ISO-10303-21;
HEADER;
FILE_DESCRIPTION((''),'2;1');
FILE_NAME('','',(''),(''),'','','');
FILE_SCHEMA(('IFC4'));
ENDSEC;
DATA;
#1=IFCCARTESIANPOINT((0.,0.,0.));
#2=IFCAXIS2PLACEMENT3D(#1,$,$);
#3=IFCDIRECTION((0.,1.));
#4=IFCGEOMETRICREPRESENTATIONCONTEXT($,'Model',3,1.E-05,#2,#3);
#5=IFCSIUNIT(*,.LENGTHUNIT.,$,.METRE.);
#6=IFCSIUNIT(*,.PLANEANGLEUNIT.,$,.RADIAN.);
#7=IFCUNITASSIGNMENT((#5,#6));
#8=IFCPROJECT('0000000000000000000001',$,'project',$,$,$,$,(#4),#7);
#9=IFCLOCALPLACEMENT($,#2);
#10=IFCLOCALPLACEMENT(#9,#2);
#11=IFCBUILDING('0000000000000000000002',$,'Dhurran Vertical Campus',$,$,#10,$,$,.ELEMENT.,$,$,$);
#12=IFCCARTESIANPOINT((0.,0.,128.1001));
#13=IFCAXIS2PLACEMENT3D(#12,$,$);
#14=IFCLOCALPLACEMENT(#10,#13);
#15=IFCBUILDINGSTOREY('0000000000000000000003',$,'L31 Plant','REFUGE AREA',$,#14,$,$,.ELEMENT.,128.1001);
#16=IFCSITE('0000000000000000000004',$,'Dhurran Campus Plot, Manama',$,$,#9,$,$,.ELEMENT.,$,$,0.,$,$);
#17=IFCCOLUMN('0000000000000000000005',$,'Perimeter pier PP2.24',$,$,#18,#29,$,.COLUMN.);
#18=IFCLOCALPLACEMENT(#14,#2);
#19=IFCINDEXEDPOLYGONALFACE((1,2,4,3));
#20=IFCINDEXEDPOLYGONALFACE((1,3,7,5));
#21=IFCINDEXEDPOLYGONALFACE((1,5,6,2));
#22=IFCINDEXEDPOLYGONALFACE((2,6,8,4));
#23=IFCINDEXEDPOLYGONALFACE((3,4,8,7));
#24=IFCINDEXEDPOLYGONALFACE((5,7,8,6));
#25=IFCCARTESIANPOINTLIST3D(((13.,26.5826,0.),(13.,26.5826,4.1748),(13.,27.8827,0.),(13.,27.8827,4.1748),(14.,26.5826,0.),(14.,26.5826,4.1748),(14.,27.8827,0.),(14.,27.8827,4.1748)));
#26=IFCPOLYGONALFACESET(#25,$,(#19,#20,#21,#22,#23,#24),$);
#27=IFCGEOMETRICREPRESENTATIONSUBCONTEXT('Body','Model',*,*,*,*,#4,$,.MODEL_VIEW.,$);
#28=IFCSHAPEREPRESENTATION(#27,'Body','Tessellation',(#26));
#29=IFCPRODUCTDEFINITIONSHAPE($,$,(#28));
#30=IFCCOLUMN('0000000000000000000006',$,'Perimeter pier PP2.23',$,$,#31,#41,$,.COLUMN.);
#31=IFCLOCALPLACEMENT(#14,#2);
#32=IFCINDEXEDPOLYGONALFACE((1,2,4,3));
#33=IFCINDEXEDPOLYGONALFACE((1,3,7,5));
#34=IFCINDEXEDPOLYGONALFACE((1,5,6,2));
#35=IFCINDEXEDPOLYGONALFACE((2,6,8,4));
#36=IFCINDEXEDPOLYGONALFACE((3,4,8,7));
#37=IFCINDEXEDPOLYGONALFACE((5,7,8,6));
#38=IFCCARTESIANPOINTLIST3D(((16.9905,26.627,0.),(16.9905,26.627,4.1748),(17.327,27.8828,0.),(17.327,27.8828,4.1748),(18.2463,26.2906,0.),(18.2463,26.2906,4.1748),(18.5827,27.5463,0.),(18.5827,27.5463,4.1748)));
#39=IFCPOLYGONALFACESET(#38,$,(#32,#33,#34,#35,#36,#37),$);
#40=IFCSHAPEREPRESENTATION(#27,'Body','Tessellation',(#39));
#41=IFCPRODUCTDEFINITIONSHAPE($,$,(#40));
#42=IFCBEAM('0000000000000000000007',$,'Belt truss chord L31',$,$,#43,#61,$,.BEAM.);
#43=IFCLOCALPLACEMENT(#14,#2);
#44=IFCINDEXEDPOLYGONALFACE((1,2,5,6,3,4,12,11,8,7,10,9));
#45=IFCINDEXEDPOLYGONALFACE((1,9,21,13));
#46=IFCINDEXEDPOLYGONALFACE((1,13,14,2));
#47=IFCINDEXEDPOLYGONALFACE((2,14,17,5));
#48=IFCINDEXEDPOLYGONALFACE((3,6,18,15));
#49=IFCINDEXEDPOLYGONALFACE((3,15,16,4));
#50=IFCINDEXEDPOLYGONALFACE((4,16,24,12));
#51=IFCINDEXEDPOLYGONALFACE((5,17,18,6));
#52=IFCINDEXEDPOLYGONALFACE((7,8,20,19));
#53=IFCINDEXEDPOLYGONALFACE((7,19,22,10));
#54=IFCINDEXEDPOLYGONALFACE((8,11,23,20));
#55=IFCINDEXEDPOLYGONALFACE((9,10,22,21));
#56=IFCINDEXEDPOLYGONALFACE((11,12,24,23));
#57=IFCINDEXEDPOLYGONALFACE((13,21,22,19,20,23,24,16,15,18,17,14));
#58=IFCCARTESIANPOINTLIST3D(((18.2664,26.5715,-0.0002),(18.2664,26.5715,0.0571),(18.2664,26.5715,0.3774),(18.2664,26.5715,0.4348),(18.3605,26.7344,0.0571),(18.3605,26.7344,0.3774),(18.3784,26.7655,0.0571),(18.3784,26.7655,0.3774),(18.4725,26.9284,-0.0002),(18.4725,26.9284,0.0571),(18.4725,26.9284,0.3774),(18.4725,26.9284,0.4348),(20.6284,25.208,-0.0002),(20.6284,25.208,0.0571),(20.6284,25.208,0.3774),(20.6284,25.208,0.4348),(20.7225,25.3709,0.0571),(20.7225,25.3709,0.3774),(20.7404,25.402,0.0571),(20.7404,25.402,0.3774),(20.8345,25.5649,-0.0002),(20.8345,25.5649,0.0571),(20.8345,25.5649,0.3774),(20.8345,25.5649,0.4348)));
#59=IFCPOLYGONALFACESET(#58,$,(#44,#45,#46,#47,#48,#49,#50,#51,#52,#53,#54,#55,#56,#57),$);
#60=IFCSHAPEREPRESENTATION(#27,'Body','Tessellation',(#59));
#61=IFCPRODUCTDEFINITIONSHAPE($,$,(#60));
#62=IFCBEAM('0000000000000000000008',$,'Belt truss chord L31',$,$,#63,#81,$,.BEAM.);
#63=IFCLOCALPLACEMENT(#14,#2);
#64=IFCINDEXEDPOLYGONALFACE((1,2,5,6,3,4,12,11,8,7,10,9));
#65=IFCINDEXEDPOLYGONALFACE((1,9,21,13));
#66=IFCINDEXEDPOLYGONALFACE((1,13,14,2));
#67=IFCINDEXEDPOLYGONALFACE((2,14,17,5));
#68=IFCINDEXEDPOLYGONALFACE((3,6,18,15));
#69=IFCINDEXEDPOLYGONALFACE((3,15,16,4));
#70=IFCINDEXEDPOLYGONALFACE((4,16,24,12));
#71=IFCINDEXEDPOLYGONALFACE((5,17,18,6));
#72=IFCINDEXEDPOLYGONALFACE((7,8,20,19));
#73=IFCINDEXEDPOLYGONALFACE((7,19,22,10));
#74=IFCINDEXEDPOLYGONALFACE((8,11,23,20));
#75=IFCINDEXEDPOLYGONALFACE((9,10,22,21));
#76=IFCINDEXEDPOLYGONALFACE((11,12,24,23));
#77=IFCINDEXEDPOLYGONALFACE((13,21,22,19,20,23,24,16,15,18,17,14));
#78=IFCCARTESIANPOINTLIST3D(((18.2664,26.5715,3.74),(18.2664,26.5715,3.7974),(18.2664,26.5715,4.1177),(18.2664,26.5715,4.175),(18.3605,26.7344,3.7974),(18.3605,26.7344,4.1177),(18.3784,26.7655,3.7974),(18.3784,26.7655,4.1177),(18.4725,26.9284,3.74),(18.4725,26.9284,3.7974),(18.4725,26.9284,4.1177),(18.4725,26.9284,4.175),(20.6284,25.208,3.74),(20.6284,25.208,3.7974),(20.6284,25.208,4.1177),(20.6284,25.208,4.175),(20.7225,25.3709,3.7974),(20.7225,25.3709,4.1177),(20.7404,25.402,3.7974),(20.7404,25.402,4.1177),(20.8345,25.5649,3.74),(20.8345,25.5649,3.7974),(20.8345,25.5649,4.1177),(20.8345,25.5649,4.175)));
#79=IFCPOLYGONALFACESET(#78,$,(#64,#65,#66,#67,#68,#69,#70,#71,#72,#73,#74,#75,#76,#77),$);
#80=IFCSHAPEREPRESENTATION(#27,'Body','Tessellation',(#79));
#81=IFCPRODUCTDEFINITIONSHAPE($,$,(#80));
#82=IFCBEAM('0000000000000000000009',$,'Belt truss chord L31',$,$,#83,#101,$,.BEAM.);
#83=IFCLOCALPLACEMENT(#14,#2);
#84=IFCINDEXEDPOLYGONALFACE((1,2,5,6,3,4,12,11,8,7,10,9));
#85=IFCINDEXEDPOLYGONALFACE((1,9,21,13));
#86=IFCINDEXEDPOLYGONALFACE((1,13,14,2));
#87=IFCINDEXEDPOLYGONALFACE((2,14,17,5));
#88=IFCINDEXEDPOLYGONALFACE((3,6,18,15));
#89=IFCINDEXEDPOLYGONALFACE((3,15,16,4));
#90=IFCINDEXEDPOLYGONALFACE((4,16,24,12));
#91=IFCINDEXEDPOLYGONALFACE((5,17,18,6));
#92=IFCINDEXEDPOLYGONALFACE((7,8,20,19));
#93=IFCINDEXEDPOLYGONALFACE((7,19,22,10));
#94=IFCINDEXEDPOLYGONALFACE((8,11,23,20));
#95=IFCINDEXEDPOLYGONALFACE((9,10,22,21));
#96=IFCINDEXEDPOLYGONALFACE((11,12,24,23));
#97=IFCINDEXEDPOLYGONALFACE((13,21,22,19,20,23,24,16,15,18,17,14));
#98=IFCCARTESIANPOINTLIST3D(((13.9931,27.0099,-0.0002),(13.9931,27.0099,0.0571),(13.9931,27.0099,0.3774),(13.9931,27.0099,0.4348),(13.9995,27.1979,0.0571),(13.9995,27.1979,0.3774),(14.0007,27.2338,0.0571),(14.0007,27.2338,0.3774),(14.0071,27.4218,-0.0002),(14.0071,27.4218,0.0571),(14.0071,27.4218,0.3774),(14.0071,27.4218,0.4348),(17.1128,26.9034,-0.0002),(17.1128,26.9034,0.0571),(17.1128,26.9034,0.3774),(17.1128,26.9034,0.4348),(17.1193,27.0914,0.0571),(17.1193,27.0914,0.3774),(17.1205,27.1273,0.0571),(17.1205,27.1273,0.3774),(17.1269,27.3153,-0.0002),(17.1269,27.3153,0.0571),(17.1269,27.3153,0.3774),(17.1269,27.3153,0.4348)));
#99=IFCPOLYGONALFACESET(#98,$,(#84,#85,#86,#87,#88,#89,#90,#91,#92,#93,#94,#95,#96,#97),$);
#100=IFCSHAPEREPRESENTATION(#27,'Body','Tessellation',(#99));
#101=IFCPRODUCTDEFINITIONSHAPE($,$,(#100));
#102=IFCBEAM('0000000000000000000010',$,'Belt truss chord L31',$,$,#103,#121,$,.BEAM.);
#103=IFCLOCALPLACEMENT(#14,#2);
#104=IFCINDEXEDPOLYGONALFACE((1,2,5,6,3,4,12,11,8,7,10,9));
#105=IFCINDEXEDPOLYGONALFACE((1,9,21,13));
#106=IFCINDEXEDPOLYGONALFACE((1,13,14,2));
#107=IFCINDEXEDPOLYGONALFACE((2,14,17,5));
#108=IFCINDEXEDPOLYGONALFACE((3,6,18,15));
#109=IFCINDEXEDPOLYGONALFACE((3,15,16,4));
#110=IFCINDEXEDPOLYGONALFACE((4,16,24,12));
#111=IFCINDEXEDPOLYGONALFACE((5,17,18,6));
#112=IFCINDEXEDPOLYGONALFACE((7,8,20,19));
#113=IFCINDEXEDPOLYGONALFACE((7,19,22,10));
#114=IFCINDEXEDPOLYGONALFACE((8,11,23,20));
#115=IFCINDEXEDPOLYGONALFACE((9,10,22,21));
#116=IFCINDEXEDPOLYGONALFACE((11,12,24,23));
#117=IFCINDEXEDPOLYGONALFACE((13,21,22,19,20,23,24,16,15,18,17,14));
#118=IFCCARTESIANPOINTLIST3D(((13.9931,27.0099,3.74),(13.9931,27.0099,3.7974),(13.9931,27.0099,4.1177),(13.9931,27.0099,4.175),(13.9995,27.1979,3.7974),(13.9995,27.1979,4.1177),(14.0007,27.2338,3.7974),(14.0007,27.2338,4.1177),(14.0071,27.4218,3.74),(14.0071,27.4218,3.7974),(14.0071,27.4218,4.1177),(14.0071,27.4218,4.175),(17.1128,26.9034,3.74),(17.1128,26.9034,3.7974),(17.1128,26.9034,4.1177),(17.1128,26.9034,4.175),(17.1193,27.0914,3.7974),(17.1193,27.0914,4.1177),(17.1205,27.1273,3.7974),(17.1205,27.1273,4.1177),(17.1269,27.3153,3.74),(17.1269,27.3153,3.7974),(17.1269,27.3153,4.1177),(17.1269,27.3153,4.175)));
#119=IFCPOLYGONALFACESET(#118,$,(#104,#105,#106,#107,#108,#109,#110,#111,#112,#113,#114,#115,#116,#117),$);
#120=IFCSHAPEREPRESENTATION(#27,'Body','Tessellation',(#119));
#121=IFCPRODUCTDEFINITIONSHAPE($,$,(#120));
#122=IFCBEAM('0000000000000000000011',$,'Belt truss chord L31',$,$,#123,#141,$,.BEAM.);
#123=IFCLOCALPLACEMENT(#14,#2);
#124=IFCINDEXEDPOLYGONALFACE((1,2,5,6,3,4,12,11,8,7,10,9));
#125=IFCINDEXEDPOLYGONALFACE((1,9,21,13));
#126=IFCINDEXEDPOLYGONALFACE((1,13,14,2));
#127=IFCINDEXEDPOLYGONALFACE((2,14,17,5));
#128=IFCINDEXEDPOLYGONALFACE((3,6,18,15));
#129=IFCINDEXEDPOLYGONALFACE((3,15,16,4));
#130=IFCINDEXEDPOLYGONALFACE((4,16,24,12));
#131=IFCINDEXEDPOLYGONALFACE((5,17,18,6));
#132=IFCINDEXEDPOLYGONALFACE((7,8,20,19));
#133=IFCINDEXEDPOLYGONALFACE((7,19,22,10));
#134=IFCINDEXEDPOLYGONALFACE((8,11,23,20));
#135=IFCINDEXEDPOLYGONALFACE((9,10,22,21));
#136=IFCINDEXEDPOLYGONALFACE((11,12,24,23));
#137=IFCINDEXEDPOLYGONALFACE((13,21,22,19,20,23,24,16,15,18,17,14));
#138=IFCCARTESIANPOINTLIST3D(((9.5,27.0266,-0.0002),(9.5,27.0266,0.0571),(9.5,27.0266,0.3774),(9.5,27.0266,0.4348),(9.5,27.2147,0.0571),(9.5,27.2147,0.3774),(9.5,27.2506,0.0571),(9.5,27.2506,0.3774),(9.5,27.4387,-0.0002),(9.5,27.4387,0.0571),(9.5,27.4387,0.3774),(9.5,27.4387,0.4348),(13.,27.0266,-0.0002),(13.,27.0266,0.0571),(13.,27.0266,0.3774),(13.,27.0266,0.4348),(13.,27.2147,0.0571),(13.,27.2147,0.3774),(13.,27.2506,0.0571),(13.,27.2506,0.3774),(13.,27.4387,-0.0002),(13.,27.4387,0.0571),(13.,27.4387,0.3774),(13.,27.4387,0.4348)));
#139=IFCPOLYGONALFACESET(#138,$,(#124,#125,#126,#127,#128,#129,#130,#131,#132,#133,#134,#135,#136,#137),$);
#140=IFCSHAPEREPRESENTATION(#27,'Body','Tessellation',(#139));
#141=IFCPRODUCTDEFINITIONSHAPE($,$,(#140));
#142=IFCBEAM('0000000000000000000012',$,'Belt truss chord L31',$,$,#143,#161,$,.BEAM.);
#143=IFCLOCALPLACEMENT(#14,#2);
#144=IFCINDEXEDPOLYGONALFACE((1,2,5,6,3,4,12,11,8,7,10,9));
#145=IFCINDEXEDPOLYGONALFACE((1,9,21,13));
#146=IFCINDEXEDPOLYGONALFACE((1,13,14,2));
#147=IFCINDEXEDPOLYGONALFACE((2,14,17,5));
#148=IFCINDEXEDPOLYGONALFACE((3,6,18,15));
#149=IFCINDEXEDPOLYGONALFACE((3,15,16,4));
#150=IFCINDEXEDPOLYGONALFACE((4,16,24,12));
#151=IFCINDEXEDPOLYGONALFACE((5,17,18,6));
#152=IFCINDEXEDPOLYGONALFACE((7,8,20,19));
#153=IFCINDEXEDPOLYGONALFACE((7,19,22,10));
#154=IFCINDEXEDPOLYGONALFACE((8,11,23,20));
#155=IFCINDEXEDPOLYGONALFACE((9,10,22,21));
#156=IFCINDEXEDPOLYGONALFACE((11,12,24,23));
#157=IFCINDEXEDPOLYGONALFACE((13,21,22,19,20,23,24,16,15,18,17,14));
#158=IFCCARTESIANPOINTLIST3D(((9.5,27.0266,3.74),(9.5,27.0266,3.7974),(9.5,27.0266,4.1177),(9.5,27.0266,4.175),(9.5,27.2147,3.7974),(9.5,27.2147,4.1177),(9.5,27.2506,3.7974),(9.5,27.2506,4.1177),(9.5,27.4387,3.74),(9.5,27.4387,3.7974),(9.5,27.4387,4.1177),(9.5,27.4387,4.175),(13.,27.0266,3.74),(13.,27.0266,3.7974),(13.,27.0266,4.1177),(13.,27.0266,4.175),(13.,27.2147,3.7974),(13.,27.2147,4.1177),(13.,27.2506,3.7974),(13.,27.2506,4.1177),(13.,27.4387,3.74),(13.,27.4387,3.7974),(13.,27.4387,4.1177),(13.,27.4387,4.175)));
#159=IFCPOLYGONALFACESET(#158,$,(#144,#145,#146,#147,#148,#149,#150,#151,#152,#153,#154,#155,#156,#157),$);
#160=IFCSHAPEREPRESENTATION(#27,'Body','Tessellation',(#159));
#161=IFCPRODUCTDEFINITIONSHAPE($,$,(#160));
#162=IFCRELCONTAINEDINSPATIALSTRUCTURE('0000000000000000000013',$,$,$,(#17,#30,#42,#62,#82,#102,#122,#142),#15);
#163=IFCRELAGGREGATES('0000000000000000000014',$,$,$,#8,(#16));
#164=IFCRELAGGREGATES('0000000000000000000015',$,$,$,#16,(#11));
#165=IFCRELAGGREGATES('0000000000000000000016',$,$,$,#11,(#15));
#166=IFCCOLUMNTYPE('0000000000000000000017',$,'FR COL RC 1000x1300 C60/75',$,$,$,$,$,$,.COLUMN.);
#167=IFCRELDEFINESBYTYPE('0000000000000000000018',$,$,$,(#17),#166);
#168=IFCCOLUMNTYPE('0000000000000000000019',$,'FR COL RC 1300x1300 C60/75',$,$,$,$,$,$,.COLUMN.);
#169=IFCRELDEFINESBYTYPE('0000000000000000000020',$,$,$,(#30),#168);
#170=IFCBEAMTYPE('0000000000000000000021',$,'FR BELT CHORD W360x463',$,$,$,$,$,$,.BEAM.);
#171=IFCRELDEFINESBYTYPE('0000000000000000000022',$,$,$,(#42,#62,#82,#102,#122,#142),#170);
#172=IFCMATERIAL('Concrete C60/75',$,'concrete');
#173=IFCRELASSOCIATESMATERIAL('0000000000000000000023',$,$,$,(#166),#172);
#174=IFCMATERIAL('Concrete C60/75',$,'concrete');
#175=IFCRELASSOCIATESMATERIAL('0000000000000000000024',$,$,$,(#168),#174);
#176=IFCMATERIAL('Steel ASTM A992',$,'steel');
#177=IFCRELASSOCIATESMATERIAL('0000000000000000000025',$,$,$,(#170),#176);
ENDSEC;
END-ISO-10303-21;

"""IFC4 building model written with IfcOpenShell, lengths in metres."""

from ifc_helpers import new_model, si_unit, direction, frame, origin, origin_2d, place, context, subcontext, project, spatial, rectangle, i_section, extrude, material, material_profile, profile_set, type_object, element, save


model = new_model("IFC4")

# Units and contexts
model_context = context("Model", 3, precision=1e-05, world=origin(), true_north=direction((0.0, 1.0)))
body_context = subcontext(model_context, "Body", "Model", "MODEL_VIEW")
ifc_project = project(units=[si_unit("LENGTHUNIT", "METRE"), si_unit("PLANEANGLEUNIT", "RADIAN")], contexts=[model_context])

# Site, building, storey
site_placement = place(None, origin())
site = spatial("IfcSite", under=ifc_project, at=site_placement, Name="Dhurran Campus Plot, Manama", CompositionType="ELEMENT", RefElevation=0.0)
building_placement = place(site_placement, origin())
building = spatial("IfcBuilding", under=site, at=building_placement, Name="Dhurran Vertical Campus", CompositionType="ELEMENT")
storey_placement = place(building_placement, frame((0.0, 0.0, 128.1001)))
storey = spatial("IfcBuildingStorey", under=building, at=storey_placement, Name="L31 Plant", Description="REFUGE AREA", CompositionType="ELEMENT", Elevation=128.1001)

# Columns
ifc_material_1 = material(Name="Concrete C60/75", Category="concrete")
ifc_material_profile_1 = material_profile(ifc_material_1, rectangle(XDim=1.0, YDim=1.3, at=origin_2d()), Name="RC 1000x1300")
ifc_profile_set_1 = profile_set([ifc_material_profile_1], Name="Concrete C60/75")
column_type_1 = type_object("IfcColumnType", Name="FR COL RC 1000x1300 C60/75", PredefinedType="COLUMN", material=ifc_profile_set_1)
column_1_placement = place(storey_placement, frame((13.5, 27.2327, 0.0), z_axis=(0.0, 0.0, 1.0), x_axis=(-1.0, 0.0, 0.0)))
element("IfcColumn", 1, at=column_1_placement, inside=storey, type_object=column_type_1, Name="Perimeter pier PP2.24", PredefinedType="COLUMN", context=body_context, shape_type="SweptSolid", body=[
    extrude(rectangle(XDim=1.0, YDim=1.3, at=origin_2d()), origin(), (0.0, 0.0, 1.0), 4.1748),
])
ifc_material_2 = material(Name="Concrete C60/75", Category="concrete")
ifc_material_profile_2 = material_profile(ifc_material_2, rectangle(XDim=1.3, YDim=1.3, at=origin_2d()), Name="RC 1300x1300")
ifc_profile_set_2 = profile_set([ifc_material_profile_2], Name="Concrete C60/75")
column_type_2 = type_object("IfcColumnType", Name="FR COL RC 1300x1300 C60/75", PredefinedType="COLUMN", material=ifc_profile_set_2)
column_2_placement = place(storey_placement, frame((17.7866, 27.0867, 0.0), z_axis=(0.0, 0.0, 1.0), x_axis=(-0.965926, 0.258819, 0.0)))
element("IfcColumn", 2, at=column_2_placement, inside=storey, type_object=column_type_2, Name="Perimeter pier PP2.23", PredefinedType="COLUMN", context=body_context, shape_type="SweptSolid", body=[
    extrude(rectangle(XDim=1.3, YDim=1.3, at=origin_2d()), origin(), (0.0, 0.0, 1.0), 4.1748),
])

# Beams
ifc_material_3 = material(Name="Steel ASTM A992", Category="steel")
ifc_material_profile_3 = material_profile(ifc_material_3, i_section(OverallWidth=0.4121, OverallDepth=0.4351, WebThickness=0.0359, FlangeThickness=0.0574, at=origin_2d()), Name="W360x463")
ifc_profile_set_3 = profile_set([ifc_material_profile_3], Name="Steel ASTM A992")
beam_type = type_object("IfcBeamType", Name="FR BELT CHORD W360x463", PredefinedType="BEAM", material=ifc_profile_set_3)
for number, where, z_axis, x_axis, name in (
    (3, (20.7314, 25.3865, 0.2173), (-0.866059, 0.499942, 0.0), (-0.499942, -0.866059, 0.0), "Belt truss chord L31"),
    (4, (20.7314, 25.3865, 3.9575), (-0.866059, 0.499942, 0.0), (-0.499942, -0.866059, 0.0), "Belt truss chord L31"),
):
    element("IfcBeam", number, at=place(storey_placement, frame(where, z_axis=z_axis, x_axis=x_axis)), inside=storey, type_object=beam_type, Name=name, PredefinedType="BEAM", context=body_context, shape_type="SweptSolid", body=[
        extrude(i_section(OverallWidth=0.4121, OverallDepth=0.4351, WebThickness=0.0359, FlangeThickness=0.0574, at=origin_2d()), origin(), (0.0, 0.0, 1.0), 2.7273),
    ])
for number, where, z_axis, x_axis, name in (
    (5, (17.1199, 27.1094, 0.2173), (-0.999418, 0.034099, 0.0), (-0.034099, -0.999418, 0.0), "Belt truss chord L31"),
    (6, (17.1199, 27.1094, 3.9575), (-0.999418, 0.034099, 0.0), (-0.034099, -0.999418, 0.0), "Belt truss chord L31"),
):
    element("IfcBeam", number, at=place(storey_placement, frame(where, z_axis=z_axis, x_axis=x_axis)), inside=storey, type_object=beam_type, Name=name, PredefinedType="BEAM", context=body_context, shape_type="SweptSolid", body=[
        extrude(i_section(OverallWidth=0.4121, OverallDepth=0.4351, WebThickness=0.0359, FlangeThickness=0.0574, at=origin_2d()), origin(), (0.0, 0.0, 1.0), 3.1216),
    ])
for number, where, z_axis, x_axis, name in (
    (7, (13.0, 27.2327, 0.2173), (-1.0, 0.0, 0.0), (0.0, -1.0, 0.0), "Belt truss chord L31"),
    (8, (13.0, 27.2327, 3.9575), (-1.0, 0.0, 0.0), (0.0, -1.0, 0.0), "Belt truss chord L31"),
):
    element("IfcBeam", number, at=place(storey_placement, frame(where, z_axis=z_axis, x_axis=x_axis)), inside=storey, type_object=beam_type, Name=name, PredefinedType="BEAM", context=body_context, shape_type="SweptSolid", body=[
        extrude(i_section(OverallWidth=0.4121, OverallDepth=0.4351, WebThickness=0.0359, FlangeThickness=0.0574, at=origin_2d()), origin(), (0.0, 0.0, 1.0), 3.5),
    ])

save(model, "model.ifc")
